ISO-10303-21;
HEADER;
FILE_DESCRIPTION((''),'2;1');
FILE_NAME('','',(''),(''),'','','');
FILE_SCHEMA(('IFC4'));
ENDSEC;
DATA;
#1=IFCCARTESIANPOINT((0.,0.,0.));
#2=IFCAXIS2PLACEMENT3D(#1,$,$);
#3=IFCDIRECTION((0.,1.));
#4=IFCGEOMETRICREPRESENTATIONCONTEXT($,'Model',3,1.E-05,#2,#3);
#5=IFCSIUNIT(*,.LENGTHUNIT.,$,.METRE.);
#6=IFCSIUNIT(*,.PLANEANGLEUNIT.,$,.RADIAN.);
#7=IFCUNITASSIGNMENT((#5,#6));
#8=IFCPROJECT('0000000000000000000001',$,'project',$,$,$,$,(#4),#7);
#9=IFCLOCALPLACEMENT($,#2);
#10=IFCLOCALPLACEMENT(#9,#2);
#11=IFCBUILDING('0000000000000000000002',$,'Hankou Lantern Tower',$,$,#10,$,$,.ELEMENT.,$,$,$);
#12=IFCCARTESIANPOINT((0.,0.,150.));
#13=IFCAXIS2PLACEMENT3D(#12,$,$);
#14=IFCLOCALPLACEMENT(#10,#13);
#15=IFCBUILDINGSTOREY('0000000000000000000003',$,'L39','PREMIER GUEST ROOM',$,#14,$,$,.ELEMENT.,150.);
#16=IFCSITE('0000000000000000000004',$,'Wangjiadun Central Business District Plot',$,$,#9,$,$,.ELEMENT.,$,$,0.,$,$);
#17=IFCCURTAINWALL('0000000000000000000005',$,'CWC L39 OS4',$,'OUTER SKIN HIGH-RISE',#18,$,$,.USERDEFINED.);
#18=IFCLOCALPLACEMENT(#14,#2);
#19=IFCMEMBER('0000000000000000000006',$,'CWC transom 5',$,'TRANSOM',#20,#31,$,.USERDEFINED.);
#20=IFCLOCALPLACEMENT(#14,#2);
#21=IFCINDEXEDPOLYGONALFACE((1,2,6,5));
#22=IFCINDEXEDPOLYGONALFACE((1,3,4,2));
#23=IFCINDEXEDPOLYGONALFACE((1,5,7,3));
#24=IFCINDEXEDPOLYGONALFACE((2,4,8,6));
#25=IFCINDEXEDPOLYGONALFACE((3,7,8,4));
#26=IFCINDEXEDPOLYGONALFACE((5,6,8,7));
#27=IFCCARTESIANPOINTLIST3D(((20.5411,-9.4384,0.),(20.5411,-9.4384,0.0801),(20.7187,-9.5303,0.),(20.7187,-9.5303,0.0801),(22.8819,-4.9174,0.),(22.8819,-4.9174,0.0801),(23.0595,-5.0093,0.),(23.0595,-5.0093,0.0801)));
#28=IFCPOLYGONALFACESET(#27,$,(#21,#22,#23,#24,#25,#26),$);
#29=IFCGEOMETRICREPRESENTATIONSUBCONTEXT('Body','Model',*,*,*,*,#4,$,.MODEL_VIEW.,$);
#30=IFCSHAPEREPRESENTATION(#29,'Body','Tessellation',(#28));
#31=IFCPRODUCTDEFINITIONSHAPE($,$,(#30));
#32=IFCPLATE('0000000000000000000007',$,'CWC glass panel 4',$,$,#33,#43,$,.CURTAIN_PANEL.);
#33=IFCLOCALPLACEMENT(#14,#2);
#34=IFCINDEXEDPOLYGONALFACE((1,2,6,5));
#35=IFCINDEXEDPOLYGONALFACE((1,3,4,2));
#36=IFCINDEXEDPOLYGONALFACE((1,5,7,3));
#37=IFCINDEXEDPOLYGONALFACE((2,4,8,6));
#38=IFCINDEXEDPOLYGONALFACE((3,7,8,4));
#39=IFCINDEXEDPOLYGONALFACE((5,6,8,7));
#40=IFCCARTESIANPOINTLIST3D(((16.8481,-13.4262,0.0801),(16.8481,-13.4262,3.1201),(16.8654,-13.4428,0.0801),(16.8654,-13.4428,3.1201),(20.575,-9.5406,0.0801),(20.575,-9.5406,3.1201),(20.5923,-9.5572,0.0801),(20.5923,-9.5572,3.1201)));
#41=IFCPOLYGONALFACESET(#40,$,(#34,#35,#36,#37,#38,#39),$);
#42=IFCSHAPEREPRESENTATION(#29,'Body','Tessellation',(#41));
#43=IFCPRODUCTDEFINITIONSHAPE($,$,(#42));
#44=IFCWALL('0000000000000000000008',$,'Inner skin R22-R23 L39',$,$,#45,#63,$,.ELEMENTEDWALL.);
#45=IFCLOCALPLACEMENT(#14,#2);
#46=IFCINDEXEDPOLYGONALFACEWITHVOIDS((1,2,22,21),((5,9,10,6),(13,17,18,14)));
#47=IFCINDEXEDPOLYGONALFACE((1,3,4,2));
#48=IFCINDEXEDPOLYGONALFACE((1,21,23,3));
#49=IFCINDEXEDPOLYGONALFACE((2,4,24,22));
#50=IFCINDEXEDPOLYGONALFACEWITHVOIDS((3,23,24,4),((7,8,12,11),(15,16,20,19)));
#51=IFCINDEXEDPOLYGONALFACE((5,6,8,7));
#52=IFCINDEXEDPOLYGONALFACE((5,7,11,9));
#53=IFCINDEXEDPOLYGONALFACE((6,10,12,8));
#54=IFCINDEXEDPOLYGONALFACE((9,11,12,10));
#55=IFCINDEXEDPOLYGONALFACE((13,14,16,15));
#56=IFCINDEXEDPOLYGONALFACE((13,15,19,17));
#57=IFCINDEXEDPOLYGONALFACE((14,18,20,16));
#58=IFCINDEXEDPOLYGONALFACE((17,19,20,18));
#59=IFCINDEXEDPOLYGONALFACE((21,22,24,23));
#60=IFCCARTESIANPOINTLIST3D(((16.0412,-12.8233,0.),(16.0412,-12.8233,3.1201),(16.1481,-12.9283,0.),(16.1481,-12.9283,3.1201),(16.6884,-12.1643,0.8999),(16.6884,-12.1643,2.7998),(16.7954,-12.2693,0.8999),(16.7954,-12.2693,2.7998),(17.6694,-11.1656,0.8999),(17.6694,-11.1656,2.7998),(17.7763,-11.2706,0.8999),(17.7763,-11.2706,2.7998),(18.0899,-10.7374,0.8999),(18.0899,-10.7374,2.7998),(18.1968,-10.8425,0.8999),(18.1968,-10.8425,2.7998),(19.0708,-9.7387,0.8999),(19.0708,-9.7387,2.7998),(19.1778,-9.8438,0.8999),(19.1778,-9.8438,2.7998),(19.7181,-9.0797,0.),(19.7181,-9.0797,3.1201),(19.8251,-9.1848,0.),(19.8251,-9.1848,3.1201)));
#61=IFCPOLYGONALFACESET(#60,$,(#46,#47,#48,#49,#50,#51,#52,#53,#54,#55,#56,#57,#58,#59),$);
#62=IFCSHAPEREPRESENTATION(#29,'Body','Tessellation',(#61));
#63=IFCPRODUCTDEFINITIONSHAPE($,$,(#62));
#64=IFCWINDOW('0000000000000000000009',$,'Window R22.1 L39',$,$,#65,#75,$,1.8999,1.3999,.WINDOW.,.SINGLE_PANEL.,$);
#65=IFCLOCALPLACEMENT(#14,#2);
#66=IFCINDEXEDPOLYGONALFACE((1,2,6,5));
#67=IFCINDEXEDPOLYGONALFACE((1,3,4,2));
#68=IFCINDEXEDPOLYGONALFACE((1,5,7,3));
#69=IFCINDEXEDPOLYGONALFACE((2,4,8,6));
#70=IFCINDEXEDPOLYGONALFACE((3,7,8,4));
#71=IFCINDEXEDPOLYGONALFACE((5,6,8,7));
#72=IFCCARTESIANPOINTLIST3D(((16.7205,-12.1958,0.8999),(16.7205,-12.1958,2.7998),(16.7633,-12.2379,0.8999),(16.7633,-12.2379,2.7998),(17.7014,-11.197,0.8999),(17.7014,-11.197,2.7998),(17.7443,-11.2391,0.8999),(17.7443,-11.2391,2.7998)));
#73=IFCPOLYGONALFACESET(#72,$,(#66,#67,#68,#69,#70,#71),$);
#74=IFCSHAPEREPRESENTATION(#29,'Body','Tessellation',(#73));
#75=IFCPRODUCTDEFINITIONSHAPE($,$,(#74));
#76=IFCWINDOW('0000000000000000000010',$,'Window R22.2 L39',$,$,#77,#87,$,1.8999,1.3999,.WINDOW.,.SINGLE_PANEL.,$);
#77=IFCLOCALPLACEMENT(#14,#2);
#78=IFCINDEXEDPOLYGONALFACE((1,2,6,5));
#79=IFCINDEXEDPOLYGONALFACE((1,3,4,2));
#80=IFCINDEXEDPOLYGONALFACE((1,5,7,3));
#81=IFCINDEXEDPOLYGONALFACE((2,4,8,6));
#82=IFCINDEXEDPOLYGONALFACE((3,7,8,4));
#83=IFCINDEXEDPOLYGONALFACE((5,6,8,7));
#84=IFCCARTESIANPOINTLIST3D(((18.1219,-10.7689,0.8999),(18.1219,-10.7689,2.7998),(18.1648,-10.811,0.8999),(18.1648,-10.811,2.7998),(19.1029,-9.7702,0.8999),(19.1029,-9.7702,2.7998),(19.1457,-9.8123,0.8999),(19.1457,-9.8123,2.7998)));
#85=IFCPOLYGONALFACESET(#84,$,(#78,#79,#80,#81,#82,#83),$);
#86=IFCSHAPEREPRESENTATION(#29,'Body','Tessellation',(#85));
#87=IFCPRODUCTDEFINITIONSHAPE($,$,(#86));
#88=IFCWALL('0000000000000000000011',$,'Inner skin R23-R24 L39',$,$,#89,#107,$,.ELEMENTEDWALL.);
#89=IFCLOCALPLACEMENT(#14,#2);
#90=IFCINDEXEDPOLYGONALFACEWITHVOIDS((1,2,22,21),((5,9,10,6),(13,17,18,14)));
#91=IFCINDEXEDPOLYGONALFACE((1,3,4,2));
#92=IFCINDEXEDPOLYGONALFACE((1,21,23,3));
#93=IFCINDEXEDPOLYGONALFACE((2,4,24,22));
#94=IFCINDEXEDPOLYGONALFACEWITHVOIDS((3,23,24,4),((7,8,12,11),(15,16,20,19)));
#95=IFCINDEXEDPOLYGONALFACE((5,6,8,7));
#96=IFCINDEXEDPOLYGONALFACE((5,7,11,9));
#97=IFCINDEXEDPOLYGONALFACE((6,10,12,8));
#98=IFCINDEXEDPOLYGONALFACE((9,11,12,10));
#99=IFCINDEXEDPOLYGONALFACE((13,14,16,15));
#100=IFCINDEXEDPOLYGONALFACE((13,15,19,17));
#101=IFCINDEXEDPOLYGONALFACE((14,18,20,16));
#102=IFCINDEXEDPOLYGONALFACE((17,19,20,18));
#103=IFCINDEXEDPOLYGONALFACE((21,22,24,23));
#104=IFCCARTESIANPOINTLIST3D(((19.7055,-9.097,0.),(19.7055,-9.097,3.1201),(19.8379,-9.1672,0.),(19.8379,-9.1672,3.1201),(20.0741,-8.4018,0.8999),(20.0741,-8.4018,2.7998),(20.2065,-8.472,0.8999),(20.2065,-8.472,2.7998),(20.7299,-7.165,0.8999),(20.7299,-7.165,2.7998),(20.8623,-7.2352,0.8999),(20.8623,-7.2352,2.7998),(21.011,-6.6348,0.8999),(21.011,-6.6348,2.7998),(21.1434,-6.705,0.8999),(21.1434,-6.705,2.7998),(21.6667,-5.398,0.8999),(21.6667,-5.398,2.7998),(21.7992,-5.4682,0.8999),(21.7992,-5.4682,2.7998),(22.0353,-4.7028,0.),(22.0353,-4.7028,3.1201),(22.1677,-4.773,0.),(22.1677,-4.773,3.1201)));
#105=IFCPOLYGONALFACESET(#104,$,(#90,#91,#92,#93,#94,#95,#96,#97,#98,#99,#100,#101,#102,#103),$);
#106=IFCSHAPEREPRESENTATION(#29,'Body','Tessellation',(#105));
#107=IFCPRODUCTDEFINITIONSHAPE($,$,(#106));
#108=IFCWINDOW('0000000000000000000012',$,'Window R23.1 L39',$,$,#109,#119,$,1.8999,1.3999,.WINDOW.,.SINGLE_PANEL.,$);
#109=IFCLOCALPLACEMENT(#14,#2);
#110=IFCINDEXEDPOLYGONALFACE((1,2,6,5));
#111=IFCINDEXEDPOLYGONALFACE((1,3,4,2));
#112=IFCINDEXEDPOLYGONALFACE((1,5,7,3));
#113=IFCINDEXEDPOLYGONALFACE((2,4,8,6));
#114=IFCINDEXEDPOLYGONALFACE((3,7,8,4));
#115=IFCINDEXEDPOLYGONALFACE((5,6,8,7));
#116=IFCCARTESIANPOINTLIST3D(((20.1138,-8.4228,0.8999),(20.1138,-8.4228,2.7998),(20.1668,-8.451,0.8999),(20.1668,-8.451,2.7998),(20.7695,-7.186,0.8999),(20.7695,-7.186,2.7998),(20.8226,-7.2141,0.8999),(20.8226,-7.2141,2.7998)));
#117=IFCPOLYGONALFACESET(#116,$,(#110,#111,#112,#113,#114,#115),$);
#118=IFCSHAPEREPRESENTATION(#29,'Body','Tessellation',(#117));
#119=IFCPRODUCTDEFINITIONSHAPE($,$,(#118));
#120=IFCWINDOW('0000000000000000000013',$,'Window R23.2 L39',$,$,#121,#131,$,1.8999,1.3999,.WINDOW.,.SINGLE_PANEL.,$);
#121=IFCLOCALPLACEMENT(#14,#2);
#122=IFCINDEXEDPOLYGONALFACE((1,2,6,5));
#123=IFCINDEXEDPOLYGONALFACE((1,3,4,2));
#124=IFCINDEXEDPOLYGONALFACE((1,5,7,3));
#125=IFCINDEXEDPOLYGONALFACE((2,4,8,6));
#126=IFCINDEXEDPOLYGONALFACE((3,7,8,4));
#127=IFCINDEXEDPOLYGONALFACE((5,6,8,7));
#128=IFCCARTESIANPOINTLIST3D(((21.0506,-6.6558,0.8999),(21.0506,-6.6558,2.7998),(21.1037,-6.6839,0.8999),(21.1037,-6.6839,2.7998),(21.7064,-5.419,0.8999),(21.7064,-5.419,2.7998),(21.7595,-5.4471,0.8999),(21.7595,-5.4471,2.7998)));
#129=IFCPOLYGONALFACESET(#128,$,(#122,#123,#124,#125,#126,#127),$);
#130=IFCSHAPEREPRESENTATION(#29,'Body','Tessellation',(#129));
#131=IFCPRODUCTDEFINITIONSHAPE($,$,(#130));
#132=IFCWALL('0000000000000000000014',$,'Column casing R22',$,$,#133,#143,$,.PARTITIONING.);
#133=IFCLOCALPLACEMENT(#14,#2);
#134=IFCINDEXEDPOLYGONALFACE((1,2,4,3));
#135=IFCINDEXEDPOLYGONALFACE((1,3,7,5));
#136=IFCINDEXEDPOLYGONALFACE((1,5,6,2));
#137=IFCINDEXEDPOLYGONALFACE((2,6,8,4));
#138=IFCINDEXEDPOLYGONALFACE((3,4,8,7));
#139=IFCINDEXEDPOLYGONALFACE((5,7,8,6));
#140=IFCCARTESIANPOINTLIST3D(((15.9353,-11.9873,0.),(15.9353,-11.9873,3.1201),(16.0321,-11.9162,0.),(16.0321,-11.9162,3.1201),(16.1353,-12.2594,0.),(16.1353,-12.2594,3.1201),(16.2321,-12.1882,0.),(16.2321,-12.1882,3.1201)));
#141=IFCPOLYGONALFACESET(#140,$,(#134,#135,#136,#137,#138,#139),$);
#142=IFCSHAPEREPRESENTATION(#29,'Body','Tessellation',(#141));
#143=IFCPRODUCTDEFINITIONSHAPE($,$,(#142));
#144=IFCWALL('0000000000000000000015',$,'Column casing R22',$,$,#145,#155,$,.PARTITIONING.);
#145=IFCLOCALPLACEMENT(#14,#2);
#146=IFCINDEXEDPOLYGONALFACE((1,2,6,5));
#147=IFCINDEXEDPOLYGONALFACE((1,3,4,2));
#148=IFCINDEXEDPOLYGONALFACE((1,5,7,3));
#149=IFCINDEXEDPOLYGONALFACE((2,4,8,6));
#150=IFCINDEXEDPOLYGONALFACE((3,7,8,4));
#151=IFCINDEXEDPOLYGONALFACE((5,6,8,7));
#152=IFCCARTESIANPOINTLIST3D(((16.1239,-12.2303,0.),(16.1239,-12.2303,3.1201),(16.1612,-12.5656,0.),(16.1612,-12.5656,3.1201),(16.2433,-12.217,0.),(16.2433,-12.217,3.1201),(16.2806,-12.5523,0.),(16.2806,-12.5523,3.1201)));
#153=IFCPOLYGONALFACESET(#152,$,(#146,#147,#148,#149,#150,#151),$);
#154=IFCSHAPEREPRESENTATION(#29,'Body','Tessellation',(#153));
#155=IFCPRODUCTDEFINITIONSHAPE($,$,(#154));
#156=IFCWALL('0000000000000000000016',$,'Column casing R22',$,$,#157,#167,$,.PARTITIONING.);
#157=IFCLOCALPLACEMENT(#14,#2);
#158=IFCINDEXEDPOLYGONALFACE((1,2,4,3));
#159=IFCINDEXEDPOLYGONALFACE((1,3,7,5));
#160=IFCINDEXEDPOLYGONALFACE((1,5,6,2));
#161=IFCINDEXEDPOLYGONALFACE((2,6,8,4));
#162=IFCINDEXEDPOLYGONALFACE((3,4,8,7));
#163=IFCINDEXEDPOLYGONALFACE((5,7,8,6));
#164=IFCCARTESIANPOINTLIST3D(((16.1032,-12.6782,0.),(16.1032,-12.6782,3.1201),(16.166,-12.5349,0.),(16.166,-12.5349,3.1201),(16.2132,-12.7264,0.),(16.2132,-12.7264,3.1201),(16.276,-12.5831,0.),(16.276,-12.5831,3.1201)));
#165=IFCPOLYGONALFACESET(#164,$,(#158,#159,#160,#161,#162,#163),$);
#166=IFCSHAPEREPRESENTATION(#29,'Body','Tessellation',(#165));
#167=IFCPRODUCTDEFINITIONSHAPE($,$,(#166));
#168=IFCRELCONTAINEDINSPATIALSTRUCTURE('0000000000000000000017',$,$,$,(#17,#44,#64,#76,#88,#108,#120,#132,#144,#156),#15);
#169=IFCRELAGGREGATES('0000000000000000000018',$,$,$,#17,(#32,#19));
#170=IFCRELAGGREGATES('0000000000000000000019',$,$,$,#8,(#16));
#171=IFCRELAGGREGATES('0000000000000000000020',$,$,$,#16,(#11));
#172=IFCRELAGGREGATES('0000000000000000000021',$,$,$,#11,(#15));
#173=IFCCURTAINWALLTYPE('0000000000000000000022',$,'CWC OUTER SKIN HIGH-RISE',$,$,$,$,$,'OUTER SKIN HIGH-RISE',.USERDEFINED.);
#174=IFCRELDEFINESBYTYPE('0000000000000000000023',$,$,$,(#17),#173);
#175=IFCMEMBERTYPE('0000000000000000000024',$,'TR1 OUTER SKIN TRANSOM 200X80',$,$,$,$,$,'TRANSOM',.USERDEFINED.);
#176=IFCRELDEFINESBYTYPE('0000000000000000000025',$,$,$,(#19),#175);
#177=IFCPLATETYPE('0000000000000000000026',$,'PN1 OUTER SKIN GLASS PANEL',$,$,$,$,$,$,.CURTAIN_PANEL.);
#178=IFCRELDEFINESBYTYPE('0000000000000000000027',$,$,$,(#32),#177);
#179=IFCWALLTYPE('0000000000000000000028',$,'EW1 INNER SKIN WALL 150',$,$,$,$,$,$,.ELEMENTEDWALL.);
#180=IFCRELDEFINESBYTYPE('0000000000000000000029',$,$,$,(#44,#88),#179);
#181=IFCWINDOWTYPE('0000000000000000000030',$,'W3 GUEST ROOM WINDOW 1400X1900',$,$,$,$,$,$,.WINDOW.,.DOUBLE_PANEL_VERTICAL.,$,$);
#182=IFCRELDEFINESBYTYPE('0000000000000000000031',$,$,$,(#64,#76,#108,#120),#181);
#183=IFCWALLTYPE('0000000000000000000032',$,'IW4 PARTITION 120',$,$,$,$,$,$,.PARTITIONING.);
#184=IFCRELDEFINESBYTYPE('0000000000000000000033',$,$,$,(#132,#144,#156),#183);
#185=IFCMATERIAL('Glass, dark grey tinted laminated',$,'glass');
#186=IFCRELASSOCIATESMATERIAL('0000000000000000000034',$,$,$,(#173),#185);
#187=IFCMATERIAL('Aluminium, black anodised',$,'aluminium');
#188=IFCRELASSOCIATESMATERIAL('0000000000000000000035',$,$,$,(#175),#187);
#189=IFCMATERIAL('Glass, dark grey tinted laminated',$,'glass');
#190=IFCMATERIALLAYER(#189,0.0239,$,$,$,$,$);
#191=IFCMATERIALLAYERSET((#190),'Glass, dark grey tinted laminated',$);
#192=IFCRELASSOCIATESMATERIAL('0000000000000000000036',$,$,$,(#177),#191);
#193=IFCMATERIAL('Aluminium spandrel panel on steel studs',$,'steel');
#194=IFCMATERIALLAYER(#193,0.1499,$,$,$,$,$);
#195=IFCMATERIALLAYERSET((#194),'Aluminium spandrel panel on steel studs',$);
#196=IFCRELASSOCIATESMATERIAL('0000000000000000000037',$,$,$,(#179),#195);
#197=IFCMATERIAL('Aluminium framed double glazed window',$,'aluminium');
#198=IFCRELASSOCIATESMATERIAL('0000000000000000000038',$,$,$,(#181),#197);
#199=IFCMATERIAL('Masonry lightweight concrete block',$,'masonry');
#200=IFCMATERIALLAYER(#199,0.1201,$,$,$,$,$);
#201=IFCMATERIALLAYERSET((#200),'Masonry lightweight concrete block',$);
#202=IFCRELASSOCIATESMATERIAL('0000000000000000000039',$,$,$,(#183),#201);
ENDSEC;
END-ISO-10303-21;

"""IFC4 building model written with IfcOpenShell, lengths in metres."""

from ifc_helpers import new_model, si_unit, direction, frame, frame_2d, origin, origin_2d, place, context, subcontext, project, spatial, rectangle, extrude, material, layer, layer_set, material_profile, profile_set, type_object, element, fill, aggregate, save


model = new_model("IFC4")

# Units and contexts
model_context = context("Model", 3, precision=1e-05, world=origin(), true_north=direction((0.0, 1.0)))
body_context = subcontext(model_context, "Body", "Model", "MODEL_VIEW")
ifc_project = project(units=[si_unit("LENGTHUNIT", "METRE"), si_unit("PLANEANGLEUNIT", "RADIAN")], contexts=[model_context])

# Site, building, storey
site_placement = place(None, origin())
site = spatial("IfcSite", under=ifc_project, at=site_placement, Name="Wangjiadun Central Business District Plot", CompositionType="ELEMENT", RefElevation=0.0)
building_placement = place(site_placement, origin())
building = spatial("IfcBuilding", under=site, at=building_placement, Name="Hankou Lantern Tower", CompositionType="ELEMENT")
storey_placement = place(building_placement, frame((0.0, 0.0, 150.0)))
storey = spatial("IfcBuildingStorey", under=building, at=storey_placement, Name="L39", Description="PREMIER GUEST ROOM", CompositionType="ELEMENT", Elevation=150.0)

# Curtain wall, member, plate
ifc_material_1 = material(Name="Glass, dark grey tinted laminated", Category="glass")
curtain_wall_type = type_object("IfcCurtainWallType", Name="CWC OUTER SKIN HIGH-RISE", ElementType="OUTER SKIN HIGH-RISE", PredefinedType="USERDEFINED", material=ifc_material_1)
curtain_wall_placement = place(storey_placement, origin())
curtain_wall = element("IfcCurtainWall", 1, at=curtain_wall_placement, inside=storey, type_object=curtain_wall_type, Name="CWC L39 OS4", ObjectType="OUTER SKIN HIGH-RISE", PredefinedType="USERDEFINED")
ifc_material_2 = material(Name="Aluminium, black anodised", Category="aluminium")
ifc_material_profile_1 = material_profile(ifc_material_2, rectangle(XDim=0.2, YDim=0.0801, at=origin_2d()), Name="TR1 200X80")
ifc_profile_set_1 = profile_set([ifc_material_profile_1], Name="Aluminium, black anodised")
member_type_1 = type_object("IfcMemberType", Name="TR1 OUTER SKIN TRANSOM 200X80", ElementType="TRANSOM", PredefinedType="USERDEFINED", material=ifc_profile_set_1)
member_1_placement = place(storey_placement, frame((20.6299, -9.4844, 0.04), z_axis=(0.459791, 0.888027, 0.0), x_axis=(-0.888027, 0.459791, 0.0)))
member_1 = element("IfcMember", 2, at=member_1_placement, type_object=member_type_1, Name="CWC transom 5", ObjectType="TRANSOM", PredefinedType="USERDEFINED", context=body_context, shape_type="SweptSolid", body=[
    extrude(rectangle(XDim=0.2, YDim=0.0801, at=origin_2d()), origin(), (0.0, 0.0, 1.0), 5.0911),
])
ifc_material_3 = material(Name="Glass, dark grey tinted laminated", Category="glass")
ifc_layer_1 = layer(ifc_material_3, 0.0239)
ifc_layer_set_1 = layer_set([ifc_layer_1], Name="Glass, dark grey tinted laminated")
plate_type = type_object("IfcPlateType", Name="PN1 OUTER SKIN GLASS PANEL", PredefinedType="CURTAIN_PANEL", material=ifc_layer_set_1)
plate_placement = place(storey_placement, frame((18.7202, -11.4917, 0.0801), z_axis=(0.0, 0.0, 1.0), x_axis=(0.692216, 0.721691, 0.0)))
plate = element("IfcPlate", 3, at=plate_placement, type_object=plate_type, Name="CWC glass panel 4", PredefinedType="CURTAIN_PANEL", context=body_context, shape_type="SweptSolid", body=[
    extrude(rectangle(XDim=5.384, YDim=0.0239, at=origin_2d()), origin(), (0.0, 0.0, 1.0), 3.04),
])
aggregate(curtain_wall, [plate, member_1])

# Walls, openings, windows
ifc_material_4 = material(Name="Aluminium spandrel panel on steel studs", Category="steel")
ifc_layer_2 = layer(ifc_material_4, 0.1499)
ifc_layer_set_2 = layer_set([ifc_layer_2], Name="Aluminium spandrel panel on steel studs")
wall_type_1 = type_object("IfcWallType", Name="EW1 INNER SKIN WALL 150", PredefinedType="ELEMENTEDWALL", material=ifc_layer_set_2)
wall_1_placement = place(storey_placement, frame((16.0947, -12.8757, 0.0), z_axis=(0.0, 0.0, 1.0), x_axis=(0.700727, 0.713429, 0.0)))
wall_1 = element("IfcWall", 4, at=wall_1_placement, inside=storey, type_object=wall_type_1, Name="Inner skin R22-R23 L39", PredefinedType="ELEMENTEDWALL", context=body_context, shape_type="SweptSolid", body=[
    extrude(rectangle(XDim=5.2473, YDim=0.1499, at=frame_2d((2.6235, 0.0))), origin(), (0.0, 0.0, 1.0), 3.1201),
])
opening_1_placement = place(wall_1_placement, frame((0.9236, 0.0, 0.8999)))
opening_1 = element("IfcOpeningElement", 5, at=opening_1_placement, cuts=wall_1, PredefinedType="OPENING", context=body_context, shape_type="SweptSolid", body=[
    extrude(rectangle(XDim=1.3999, YDim=1.8999, at=frame_2d((0.7, 0.95))), frame((0.0, 0.085, 0.0), z_axis=(0.0, -1.0, 0.0), x_axis=(1.0, 0.0, 0.0)), (0.0, 0.0, 1.0), 0.1699),
])
opening_2_placement = place(wall_1_placement, frame((2.9236, 0.0, 0.8999)))
opening_2 = element("IfcOpeningElement", 6, at=opening_2_placement, cuts=wall_1, PredefinedType="OPENING", context=body_context, shape_type="SweptSolid", body=[
    extrude(rectangle(XDim=1.3999, YDim=1.8999, at=frame_2d((0.7, 0.95))), frame((0.0, 0.085, 0.0), z_axis=(0.0, -1.0, 0.0), x_axis=(1.0, 0.0, 0.0)), (0.0, 0.0, 1.0), 0.1699),
])
ifc_material_5 = material(Name="Aluminium framed double glazed window", Category="aluminium")
window_type = type_object("IfcWindowType", Name="W3 GUEST ROOM WINDOW 1400X1900", PartitioningType="DOUBLE_PANEL_VERTICAL", PredefinedType="WINDOW", material=ifc_material_5)
window_1_placement = place(opening_1_placement, origin())
window_1 = element("IfcWindow", 7, at=window_1_placement, inside=storey, type_object=window_type, Name="Window R22.1 L39", OverallHeight=1.8999, OverallWidth=1.3999, PartitioningType="SINGLE_PANEL", PredefinedType="WINDOW", context=body_context, shape_type="SweptSolid", body=[
    extrude(rectangle(XDim=1.3999, YDim=1.8999, at=frame_2d((0.7, 0.95))), frame((0.0, 0.03, 0.0), z_axis=(0.0, -1.0, 0.0), x_axis=(1.0, 0.0, 0.0)), (0.0, 0.0, 1.0), 0.0601),
])
fill(opening_1, window_1)
window_2_placement = place(opening_2_placement, origin())
window_2 = element("IfcWindow", 8, at=window_2_placement, inside=storey, type_object=window_type, Name="Window R22.2 L39", OverallHeight=1.8999, OverallWidth=1.3999, PartitioningType="SINGLE_PANEL", PredefinedType="WINDOW", context=body_context, shape_type="SweptSolid", body=[
    extrude(rectangle(XDim=1.3999, YDim=1.8999, at=frame_2d((0.7, 0.95))), frame((0.0, 0.03, 0.0), z_axis=(0.0, -1.0, 0.0), x_axis=(1.0, 0.0, 0.0)), (0.0, 0.0, 1.0), 0.0601),
])
fill(opening_2, window_2)
wall_2_placement = place(storey_placement, frame((19.7717, -9.1321, 0.0), z_axis=(0.0, 0.0, 1.0), x_axis=(0.468429, 0.883501, 0.0)))
wall_2 = element("IfcWall", 9, at=wall_2_placement, inside=storey, type_object=wall_type_1, Name="Inner skin R23-R24 L39", PredefinedType="ELEMENTEDWALL", context=body_context, shape_type="SweptSolid", body=[
    extrude(rectangle(XDim=4.9736, YDim=0.1499, at=frame_2d((2.4868, 0.0))), origin(), (0.0, 0.0, 1.0), 3.1201),
])
opening_3_placement = place(wall_2_placement, frame((0.7869, 0.0, 0.8999)))
opening_3 = element("IfcOpeningElement", 10, at=opening_3_placement, cuts=wall_2, PredefinedType="OPENING", context=body_context, shape_type="SweptSolid", body=[
    extrude(rectangle(XDim=1.3999, YDim=1.8999, at=frame_2d((0.7, 0.95))), frame((0.0, 0.085, 0.0), z_axis=(0.0, -1.0, 0.0), x_axis=(1.0, 0.0, 0.0)), (0.0, 0.0, 1.0), 0.1699),
])
opening_4_placement = place(wall_2_placement, frame((2.7869, 0.0, 0.8999)))
opening_4 = element("IfcOpeningElement", 11, at=opening_4_placement, cuts=wall_2, PredefinedType="OPENING", context=body_context, shape_type="SweptSolid", body=[
    extrude(rectangle(XDim=1.3999, YDim=1.8999, at=frame_2d((0.7, 0.95))), frame((0.0, 0.085, 0.0), z_axis=(0.0, -1.0, 0.0), x_axis=(1.0, 0.0, 0.0)), (0.0, 0.0, 1.0), 0.1699),
])
window_3_placement = place(opening_3_placement, origin())
window_3 = element("IfcWindow", 12, at=window_3_placement, inside=storey, type_object=window_type, Name="Window R23.1 L39", OverallHeight=1.8999, OverallWidth=1.3999, PartitioningType="SINGLE_PANEL", PredefinedType="WINDOW", context=body_context, shape_type="SweptSolid", body=[
    extrude(rectangle(XDim=1.3999, YDim=1.8999, at=frame_2d((0.7, 0.95))), frame((0.0, 0.03, 0.0), z_axis=(0.0, -1.0, 0.0), x_axis=(1.0, 0.0, 0.0)), (0.0, 0.0, 1.0), 0.0601),
])
fill(opening_3, window_3)
window_4_placement = place(opening_4_placement, origin())
window_4 = element("IfcWindow", 13, at=window_4_placement, inside=storey, type_object=window_type, Name="Window R23.2 L39", OverallHeight=1.8999, OverallWidth=1.3999, PartitioningType="SINGLE_PANEL", PredefinedType="WINDOW", context=body_context, shape_type="SweptSolid", body=[
    extrude(rectangle(XDim=1.3999, YDim=1.8999, at=frame_2d((0.7, 0.95))), frame((0.0, 0.03, 0.0), z_axis=(0.0, -1.0, 0.0), x_axis=(1.0, 0.0, 0.0)), (0.0, 0.0, 1.0), 0.0601),
])
fill(opening_4, window_4)

# Walls
ifc_material_6 = material(Name="Masonry lightweight concrete block", Category="masonry")
ifc_layer_3 = layer(ifc_material_6, 0.1201)
ifc_layer_set_3 = layer_set([ifc_layer_3], Name="Masonry lightweight concrete block")
wall_type_2 = type_object("IfcWallType", Name="IW4 PARTITION 120", PredefinedType="PARTITIONING", material=ifc_layer_set_3)
wall_3_placement = place(storey_placement, frame((15.9836, -11.9517, 0.0), z_axis=(0.0, 0.0, 1.0), x_axis=(0.592335, -0.805692, 0.0)))
element("IfcWall", 14, at=wall_3_placement, inside=storey, type_object=wall_type_2, Name="Column casing R22", PredefinedType="PARTITIONING", context=body_context, shape_type="SweptSolid", body=[
    extrude(rectangle(XDim=0.3376, YDim=0.1201, at=frame_2d((0.1689, 0.0))), origin(), (0.0, 0.0, 1.0), 3.1201),
])
wall_4_placement = place(storey_placement, frame((16.1836, -12.2236, 0.0), z_axis=(0.0, 0.0, 1.0), x_axis=(0.11067, -0.993857, 0.0)))
element("IfcWall", 15, at=wall_4_placement, inside=storey, type_object=wall_type_2, Name="Column casing R22", PredefinedType="PARTITIONING", context=body_context, shape_type="SweptSolid", body=[
    extrude(rectangle(XDim=0.3374, YDim=0.1201, at=frame_2d((0.1687, 0.0))), origin(), (0.0, 0.0, 1.0), 3.1201),
])
wall_5_placement = place(storey_placement, frame((16.2209, -12.5591, 0.0), z_axis=(0.0, 0.0, 1.0), x_axis=(-0.401064, -0.91605, 0.0)))
element("IfcWall", 16, at=wall_5_placement, inside=storey, type_object=wall_type_2, Name="Column casing R22", PredefinedType="PARTITIONING", context=body_context, shape_type="SweptSolid", body=[
    extrude(rectangle(XDim=0.1565, YDim=0.1201, at=frame_2d((0.0781, 0.0))), origin(), (0.0, 0.0, 1.0), 3.1201),
])

save(model, "model.ifc")
